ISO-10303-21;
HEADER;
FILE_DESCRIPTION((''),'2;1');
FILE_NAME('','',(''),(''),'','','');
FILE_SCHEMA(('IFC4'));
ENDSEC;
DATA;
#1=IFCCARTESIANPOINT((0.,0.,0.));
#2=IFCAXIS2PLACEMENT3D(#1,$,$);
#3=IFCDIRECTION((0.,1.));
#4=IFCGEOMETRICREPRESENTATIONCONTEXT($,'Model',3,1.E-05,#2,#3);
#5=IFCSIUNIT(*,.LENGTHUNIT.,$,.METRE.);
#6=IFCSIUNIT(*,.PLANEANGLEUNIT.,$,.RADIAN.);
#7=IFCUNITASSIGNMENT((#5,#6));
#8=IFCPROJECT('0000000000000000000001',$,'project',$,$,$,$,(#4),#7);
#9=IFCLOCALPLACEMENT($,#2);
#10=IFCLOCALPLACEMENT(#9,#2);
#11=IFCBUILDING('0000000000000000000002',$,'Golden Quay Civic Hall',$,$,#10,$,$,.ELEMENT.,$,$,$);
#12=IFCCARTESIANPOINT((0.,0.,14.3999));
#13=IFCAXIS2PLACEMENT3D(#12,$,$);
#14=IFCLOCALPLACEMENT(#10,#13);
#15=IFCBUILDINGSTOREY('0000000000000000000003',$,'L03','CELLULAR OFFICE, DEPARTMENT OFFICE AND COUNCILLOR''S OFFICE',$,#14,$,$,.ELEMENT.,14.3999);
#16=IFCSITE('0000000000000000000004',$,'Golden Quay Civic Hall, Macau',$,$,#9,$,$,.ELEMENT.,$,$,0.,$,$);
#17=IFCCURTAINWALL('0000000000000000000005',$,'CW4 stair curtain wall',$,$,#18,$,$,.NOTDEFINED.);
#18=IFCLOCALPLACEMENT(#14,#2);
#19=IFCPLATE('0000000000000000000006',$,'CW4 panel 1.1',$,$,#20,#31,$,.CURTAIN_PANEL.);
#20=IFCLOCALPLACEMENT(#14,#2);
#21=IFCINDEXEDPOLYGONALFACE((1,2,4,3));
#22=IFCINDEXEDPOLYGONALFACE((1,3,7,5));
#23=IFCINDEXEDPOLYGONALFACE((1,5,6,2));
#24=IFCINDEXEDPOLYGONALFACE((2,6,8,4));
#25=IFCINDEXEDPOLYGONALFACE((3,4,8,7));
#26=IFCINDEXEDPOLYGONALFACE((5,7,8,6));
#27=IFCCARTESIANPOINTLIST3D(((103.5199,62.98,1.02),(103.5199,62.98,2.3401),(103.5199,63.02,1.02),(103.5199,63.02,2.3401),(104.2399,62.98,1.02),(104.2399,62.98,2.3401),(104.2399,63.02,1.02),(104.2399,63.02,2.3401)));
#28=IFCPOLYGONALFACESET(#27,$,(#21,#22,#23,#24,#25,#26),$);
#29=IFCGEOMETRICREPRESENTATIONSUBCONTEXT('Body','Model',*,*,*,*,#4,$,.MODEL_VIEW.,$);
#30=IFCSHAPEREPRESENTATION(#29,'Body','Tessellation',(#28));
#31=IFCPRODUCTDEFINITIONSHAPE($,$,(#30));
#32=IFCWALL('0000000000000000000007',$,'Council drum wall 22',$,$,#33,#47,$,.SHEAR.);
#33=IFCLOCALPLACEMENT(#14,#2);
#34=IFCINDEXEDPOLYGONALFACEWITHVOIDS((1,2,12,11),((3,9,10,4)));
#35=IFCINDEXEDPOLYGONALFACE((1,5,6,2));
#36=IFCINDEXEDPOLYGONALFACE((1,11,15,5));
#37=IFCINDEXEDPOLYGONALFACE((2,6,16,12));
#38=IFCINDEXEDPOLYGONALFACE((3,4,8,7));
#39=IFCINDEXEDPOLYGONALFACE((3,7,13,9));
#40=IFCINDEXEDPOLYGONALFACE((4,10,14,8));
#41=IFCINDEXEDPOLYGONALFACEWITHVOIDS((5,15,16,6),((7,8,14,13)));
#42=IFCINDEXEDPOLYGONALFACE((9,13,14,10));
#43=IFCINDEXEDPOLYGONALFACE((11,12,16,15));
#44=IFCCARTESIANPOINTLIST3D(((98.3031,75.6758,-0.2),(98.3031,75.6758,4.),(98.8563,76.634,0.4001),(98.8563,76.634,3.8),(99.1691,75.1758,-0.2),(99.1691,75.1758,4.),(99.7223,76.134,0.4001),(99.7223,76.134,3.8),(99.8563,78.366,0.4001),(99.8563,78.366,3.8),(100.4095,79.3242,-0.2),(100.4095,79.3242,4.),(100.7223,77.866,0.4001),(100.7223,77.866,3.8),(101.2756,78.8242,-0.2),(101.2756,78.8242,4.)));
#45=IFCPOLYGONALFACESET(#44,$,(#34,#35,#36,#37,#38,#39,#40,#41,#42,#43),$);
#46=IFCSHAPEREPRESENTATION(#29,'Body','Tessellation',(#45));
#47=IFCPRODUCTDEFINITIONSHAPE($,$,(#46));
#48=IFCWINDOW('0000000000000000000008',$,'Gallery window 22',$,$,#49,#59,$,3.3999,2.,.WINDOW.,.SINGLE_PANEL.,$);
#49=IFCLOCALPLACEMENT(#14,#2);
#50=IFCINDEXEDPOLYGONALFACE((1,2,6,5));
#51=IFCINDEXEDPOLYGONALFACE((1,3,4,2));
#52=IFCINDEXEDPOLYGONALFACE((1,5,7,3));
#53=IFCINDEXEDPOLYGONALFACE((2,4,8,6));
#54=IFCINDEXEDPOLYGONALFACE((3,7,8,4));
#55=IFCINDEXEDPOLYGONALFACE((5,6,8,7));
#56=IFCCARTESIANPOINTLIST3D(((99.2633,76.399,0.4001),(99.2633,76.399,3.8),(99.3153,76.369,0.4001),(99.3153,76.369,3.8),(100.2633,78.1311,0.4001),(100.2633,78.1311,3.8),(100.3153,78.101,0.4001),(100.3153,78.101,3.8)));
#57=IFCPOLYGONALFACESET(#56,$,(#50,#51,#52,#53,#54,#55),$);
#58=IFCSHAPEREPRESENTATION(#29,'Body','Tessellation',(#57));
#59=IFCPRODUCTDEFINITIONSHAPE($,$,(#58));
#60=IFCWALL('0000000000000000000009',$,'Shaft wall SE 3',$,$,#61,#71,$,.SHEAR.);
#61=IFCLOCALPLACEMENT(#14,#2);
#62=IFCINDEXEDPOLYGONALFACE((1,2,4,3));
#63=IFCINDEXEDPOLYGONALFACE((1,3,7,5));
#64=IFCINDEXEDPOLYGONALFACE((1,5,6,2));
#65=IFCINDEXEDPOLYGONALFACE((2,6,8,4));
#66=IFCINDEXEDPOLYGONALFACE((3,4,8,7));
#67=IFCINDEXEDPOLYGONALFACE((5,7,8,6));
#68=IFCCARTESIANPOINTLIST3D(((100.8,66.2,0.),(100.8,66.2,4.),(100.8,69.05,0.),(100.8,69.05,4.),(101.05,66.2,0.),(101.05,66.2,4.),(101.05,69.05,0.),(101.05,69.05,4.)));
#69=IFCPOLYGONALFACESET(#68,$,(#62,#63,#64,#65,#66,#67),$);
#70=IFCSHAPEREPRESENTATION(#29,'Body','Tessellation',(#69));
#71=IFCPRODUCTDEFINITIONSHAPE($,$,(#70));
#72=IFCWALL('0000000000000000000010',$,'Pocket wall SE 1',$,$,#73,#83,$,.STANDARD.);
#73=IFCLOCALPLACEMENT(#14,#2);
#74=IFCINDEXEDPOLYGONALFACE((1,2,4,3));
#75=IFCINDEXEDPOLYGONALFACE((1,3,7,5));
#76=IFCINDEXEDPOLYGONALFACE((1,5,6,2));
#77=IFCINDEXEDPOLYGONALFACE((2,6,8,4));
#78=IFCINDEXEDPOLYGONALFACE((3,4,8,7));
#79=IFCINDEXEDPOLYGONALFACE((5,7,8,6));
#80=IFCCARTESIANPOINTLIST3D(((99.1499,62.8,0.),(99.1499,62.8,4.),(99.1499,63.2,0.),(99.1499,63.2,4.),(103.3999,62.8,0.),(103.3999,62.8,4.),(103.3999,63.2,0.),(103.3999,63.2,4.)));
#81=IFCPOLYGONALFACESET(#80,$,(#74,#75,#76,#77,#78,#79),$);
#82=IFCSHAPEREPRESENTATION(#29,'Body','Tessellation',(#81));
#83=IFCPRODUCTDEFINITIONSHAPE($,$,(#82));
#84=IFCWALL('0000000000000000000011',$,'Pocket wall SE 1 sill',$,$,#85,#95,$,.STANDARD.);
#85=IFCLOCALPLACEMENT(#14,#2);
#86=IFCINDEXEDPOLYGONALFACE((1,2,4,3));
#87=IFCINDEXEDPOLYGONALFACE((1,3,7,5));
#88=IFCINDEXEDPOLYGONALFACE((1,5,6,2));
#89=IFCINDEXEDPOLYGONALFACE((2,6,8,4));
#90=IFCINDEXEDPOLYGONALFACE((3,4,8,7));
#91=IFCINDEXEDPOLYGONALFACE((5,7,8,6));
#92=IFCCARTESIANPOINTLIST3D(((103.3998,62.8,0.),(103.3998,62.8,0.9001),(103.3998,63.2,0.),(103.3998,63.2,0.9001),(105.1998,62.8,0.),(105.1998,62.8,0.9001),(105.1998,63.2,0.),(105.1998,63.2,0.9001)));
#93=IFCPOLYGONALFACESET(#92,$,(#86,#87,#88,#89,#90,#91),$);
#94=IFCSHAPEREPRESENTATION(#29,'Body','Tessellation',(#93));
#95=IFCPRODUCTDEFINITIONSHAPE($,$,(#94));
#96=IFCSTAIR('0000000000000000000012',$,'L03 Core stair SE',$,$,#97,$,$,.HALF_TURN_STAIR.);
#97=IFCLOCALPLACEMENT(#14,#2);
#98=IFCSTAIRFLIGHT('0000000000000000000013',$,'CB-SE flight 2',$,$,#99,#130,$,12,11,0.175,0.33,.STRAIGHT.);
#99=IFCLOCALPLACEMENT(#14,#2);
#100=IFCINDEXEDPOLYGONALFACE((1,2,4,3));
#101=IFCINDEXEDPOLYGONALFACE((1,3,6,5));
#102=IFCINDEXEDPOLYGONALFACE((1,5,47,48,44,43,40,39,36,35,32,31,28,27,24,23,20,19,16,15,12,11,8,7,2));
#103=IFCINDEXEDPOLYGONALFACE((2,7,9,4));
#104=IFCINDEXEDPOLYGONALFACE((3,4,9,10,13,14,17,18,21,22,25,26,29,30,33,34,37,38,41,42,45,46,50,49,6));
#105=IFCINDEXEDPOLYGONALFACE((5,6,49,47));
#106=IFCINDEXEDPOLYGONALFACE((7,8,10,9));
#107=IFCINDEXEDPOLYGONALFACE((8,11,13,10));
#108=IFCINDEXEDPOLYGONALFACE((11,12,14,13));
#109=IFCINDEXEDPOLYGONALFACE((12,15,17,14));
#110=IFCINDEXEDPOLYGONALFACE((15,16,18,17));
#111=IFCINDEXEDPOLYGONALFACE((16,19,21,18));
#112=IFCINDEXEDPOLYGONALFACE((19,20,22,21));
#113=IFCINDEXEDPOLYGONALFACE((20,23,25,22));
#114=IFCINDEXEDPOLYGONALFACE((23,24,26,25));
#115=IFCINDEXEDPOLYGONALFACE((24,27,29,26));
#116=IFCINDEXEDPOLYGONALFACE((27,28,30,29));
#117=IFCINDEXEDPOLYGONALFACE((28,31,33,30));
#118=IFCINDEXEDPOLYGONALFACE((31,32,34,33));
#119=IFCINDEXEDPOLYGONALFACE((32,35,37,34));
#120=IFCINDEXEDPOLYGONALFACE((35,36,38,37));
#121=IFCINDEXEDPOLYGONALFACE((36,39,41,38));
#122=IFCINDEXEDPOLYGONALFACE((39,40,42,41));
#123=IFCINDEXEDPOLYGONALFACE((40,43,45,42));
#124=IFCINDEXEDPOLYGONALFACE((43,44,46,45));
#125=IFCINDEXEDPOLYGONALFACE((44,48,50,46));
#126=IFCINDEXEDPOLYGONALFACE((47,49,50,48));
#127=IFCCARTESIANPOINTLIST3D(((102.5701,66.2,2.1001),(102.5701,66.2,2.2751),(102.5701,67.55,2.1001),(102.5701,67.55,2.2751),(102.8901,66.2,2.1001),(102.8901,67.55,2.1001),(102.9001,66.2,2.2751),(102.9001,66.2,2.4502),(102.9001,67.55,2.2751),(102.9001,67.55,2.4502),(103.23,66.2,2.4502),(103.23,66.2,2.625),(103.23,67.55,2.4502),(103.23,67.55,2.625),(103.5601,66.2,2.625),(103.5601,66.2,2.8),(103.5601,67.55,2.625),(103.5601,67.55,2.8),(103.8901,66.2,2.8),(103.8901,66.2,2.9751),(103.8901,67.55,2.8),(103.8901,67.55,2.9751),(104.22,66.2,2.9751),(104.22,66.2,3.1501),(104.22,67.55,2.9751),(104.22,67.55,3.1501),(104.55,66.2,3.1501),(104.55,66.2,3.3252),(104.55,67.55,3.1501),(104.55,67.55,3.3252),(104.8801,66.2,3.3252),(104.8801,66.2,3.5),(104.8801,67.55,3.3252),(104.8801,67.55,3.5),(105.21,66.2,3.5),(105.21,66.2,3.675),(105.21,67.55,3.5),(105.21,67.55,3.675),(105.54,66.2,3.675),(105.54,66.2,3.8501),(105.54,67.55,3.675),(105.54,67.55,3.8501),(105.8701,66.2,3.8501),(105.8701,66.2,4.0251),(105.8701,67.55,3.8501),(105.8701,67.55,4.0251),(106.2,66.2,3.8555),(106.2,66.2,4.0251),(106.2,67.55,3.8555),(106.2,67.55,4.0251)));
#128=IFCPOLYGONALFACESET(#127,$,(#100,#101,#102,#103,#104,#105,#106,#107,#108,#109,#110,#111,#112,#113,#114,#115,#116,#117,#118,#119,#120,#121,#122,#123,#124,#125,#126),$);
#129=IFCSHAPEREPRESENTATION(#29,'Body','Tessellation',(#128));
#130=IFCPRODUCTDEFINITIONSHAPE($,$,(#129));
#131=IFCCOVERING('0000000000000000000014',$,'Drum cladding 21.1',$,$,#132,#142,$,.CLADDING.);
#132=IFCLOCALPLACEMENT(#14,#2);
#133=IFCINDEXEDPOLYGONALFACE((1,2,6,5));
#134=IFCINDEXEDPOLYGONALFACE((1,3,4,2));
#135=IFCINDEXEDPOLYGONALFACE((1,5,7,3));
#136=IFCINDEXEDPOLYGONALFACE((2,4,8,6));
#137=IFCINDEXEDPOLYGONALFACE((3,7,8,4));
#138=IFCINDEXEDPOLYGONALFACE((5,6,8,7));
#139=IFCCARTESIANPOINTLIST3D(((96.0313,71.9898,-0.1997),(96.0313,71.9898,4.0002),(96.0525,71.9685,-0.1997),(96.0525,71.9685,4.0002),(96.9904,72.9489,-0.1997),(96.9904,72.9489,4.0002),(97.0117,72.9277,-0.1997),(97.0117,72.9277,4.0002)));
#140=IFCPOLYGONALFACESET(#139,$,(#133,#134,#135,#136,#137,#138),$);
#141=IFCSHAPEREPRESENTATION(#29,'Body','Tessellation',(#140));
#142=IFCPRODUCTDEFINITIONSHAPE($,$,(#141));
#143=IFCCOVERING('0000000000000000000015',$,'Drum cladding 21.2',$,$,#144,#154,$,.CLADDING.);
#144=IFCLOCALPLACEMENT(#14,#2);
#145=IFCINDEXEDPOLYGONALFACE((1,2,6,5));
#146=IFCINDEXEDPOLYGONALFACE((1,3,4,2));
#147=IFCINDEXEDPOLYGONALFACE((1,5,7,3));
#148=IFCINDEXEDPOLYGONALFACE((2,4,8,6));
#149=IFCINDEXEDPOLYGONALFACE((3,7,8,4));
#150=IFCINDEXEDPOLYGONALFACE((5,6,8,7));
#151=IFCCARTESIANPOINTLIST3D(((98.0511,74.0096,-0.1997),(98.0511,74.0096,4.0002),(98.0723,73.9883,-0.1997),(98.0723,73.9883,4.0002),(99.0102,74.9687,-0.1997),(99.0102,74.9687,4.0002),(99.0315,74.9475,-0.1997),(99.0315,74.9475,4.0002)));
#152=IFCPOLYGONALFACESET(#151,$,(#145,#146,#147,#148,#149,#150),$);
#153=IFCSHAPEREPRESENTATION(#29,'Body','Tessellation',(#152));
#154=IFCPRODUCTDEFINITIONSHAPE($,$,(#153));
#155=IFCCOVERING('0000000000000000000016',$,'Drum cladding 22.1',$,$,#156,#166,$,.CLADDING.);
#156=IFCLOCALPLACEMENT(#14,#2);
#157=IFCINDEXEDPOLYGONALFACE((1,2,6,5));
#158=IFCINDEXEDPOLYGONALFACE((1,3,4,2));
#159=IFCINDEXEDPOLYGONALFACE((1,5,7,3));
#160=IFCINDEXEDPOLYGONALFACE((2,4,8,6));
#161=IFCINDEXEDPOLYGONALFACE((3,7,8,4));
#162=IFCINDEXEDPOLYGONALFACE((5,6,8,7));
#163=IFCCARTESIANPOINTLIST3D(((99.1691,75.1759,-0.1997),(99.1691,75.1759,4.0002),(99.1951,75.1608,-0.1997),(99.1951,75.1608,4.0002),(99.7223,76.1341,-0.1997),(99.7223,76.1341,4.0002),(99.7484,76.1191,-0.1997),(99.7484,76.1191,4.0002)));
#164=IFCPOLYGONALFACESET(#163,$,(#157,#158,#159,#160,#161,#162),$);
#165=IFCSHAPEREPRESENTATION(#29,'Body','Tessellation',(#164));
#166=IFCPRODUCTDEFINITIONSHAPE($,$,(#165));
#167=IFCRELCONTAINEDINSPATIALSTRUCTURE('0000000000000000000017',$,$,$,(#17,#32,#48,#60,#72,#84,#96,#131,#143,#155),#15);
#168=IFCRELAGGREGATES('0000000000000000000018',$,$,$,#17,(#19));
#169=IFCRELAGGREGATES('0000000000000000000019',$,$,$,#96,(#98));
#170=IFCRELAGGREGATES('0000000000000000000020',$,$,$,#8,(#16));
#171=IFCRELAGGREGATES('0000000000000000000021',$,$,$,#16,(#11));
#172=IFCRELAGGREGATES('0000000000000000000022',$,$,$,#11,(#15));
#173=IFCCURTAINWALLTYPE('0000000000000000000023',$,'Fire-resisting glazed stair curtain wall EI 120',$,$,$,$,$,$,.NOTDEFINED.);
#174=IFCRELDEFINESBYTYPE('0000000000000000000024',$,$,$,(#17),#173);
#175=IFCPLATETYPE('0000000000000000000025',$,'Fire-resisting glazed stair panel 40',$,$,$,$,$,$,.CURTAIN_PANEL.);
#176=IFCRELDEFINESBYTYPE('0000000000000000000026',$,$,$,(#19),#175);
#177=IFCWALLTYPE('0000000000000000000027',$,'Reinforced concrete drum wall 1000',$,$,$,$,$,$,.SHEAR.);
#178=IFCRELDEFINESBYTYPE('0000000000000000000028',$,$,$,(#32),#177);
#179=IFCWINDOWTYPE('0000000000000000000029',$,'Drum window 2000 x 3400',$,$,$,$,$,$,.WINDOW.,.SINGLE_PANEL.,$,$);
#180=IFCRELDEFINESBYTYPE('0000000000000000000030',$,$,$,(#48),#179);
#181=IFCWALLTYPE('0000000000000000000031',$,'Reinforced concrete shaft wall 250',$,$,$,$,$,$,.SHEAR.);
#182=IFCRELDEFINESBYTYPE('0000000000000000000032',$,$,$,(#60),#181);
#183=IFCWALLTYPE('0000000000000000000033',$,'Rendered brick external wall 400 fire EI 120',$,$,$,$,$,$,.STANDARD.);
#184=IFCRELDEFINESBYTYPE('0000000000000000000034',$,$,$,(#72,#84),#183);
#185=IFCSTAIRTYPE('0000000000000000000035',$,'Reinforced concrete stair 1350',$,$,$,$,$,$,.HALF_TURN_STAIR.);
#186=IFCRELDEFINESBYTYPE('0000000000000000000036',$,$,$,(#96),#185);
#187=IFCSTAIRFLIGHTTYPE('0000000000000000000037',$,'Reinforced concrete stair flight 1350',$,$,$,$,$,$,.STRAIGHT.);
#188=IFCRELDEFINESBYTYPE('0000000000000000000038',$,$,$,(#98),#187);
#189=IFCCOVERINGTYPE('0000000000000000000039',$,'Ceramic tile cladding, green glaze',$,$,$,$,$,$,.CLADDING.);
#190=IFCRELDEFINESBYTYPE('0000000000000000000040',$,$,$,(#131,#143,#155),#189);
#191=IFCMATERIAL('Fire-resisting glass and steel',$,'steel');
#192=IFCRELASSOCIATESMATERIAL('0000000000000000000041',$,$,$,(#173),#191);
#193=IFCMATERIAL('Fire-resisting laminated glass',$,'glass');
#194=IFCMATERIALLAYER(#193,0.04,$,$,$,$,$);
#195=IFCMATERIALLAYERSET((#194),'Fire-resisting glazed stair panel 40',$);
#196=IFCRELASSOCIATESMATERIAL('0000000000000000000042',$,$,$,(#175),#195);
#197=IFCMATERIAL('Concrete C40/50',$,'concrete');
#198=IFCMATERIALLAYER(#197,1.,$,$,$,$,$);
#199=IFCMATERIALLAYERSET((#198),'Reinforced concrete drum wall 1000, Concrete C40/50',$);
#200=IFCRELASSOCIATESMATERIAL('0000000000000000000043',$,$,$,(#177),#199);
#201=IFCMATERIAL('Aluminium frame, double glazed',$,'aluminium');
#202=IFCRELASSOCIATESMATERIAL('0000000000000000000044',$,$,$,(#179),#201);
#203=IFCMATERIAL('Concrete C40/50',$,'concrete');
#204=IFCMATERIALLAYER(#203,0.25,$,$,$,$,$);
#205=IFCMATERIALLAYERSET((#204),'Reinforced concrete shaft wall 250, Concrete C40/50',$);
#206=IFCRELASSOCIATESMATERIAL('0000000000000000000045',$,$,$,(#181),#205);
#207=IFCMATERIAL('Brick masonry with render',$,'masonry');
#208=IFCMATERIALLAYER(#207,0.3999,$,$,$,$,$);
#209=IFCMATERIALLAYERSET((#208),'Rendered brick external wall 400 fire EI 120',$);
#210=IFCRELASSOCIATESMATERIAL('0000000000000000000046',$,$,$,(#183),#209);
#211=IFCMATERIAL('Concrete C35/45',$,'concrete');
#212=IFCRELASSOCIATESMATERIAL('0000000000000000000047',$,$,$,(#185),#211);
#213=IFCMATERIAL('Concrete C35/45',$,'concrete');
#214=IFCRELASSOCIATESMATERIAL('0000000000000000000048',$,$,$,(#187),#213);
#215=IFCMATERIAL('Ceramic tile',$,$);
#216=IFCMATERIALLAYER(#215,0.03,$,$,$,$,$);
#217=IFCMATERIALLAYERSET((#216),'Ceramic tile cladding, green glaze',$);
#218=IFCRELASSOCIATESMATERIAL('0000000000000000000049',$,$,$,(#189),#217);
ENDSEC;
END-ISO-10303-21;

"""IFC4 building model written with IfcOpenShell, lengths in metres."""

from ifc_helpers import new_model, si_unit, direction, frame, frame_2d, origin, origin_2d, place, context, subcontext, project, spatial, polyline, rectangle, outline, extrude, material, layer, layer_set, type_object, element, fill, aggregate, save


model = new_model("IFC4")

# Units and contexts
model_context = context("Model", 3, precision=1e-05, world=origin(), true_north=direction((0.0, 1.0)))
body_context = subcontext(model_context, "Body", "Model", "MODEL_VIEW")
ifc_project = project(units=[si_unit("LENGTHUNIT", "METRE"), si_unit("PLANEANGLEUNIT", "RADIAN")], contexts=[model_context])

# Site, building, storey
site_placement = place(None, origin())
site = spatial("IfcSite", under=ifc_project, at=site_placement, Name="Golden Quay Civic Hall, Macau", CompositionType="ELEMENT", RefElevation=0.0)
building_placement = place(site_placement, origin())
building = spatial("IfcBuilding", under=site, at=building_placement, Name="Golden Quay Civic Hall", CompositionType="ELEMENT")
storey_placement = place(building_placement, frame((0.0, 0.0, 14.3999)))
storey = spatial("IfcBuildingStorey", under=building, at=storey_placement, Name="L03", Description="CELLULAR OFFICE, DEPARTMENT OFFICE AND COUNCILLOR'S OFFICE", CompositionType="ELEMENT", Elevation=14.3999)

# Curtain wall
ifc_material_1 = material(Name="Fire-resisting glass and steel", Category="steel")
curtain_wall_type = type_object("IfcCurtainWallType", Name="Fire-resisting glazed stair curtain wall EI 120", PredefinedType="NOTDEFINED", material=ifc_material_1)
curtain_wall_placement = place(storey_placement, origin())
curtain_wall = element("IfcCurtainWall", 1, at=curtain_wall_placement, inside=storey, type_object=curtain_wall_type, Name="CW4 stair curtain wall", PredefinedType="NOTDEFINED")

# Plate
ifc_material_2 = material(Name="Fire-resisting laminated glass", Category="glass")
ifc_layer_1 = layer(ifc_material_2, 0.04)
ifc_layer_set_1 = layer_set([ifc_layer_1], Name="Fire-resisting glazed stair panel 40")
plate_type = type_object("IfcPlateType", Name="Fire-resisting glazed stair panel 40", PredefinedType="CURTAIN_PANEL", material=ifc_layer_set_1)
plate_placement = place(storey_placement, frame((103.8799, 63.0, 1.02), z_axis=(0.0, 0.0, 1.0), x_axis=(1.0, 0.0, 0.0)))
plate = element("IfcPlate", 2, at=plate_placement, type_object=plate_type, Name="CW4 panel 1.1", PredefinedType="CURTAIN_PANEL", context=body_context, shape_type="SweptSolid", body=[
    extrude(rectangle(XDim=0.72, YDim=0.04, at=origin_2d()), origin(), (0.0, 0.0, 1.0), 1.3201),
])
aggregate(curtain_wall, [plate])

# Wall, opening, window
ifc_material_3 = material(Name="Concrete C40/50", Category="concrete")
ifc_layer_2 = layer(ifc_material_3, 1.0)
ifc_layer_set_2 = layer_set([ifc_layer_2], Name="Reinforced concrete drum wall 1000, Concrete C40/50")
wall_type_1 = type_object("IfcWallType", Name="Reinforced concrete drum wall 1000", PredefinedType="SHEAR", material=ifc_layer_set_2)
wall_1_placement = place(storey_placement, frame((98.7361, 75.4258, -0.2), z_axis=(0.0, 0.0, 1.0), x_axis=(0.500003, 0.866023, 0.0)))
wall_1 = element("IfcWall", 3, at=wall_1_placement, inside=storey, type_object=wall_type_1, Name="Council drum wall 22", PredefinedType="SHEAR", context=body_context, shape_type="SweptSolid", body=[
    extrude(rectangle(XDim=4.2129, YDim=1.0, at=frame_2d((2.1064, 0.0))), origin(), (0.0, 0.0, 1.0), 4.2),
])
opening_1_placement = place(wall_1_placement, frame((1.1064, 0.0, 0.6001)))
opening_1 = element("IfcOpeningElement", 4, at=opening_1_placement, cuts=wall_1, PredefinedType="OPENING", context=body_context, shape_type="SweptSolid", body=[
    extrude(rectangle(XDim=2.0, YDim=3.3999, at=frame_2d((1.0, 1.7))), frame((0.0, 0.51, 0.0), z_axis=(0.0, -1.0, 0.0), x_axis=(1.0, 0.0, 0.0)), (0.0, 0.0, 1.0), 1.02),
])
ifc_material_4 = material(Name="Aluminium frame, double glazed", Category="aluminium")
window_type = type_object("IfcWindowType", Name="Drum window 2000 x 3400", PartitioningType="SINGLE_PANEL", PredefinedType="WINDOW", material=ifc_material_4)
window_placement = place(opening_1_placement, origin())
window = element("IfcWindow", 5, at=window_placement, inside=storey, type_object=window_type, Name="Gallery window 22", OverallHeight=3.3999, OverallWidth=2.0, PartitioningType="SINGLE_PANEL", PredefinedType="WINDOW", context=body_context, shape_type="SweptSolid", body=[
    extrude(rectangle(XDim=2.0, YDim=3.3999, at=frame_2d((1.0, 1.7))), frame((0.0, 0.03, 0.0), z_axis=(0.0, -1.0, 0.0), x_axis=(1.0, 0.0, 0.0)), (0.0, 0.0, 1.0), 0.0601),
])
fill(opening_1, window)

# Walls
ifc_material_5 = material(Name="Concrete C40/50", Category="concrete")
ifc_layer_3 = layer(ifc_material_5, 0.25)
ifc_layer_set_3 = layer_set([ifc_layer_3], Name="Reinforced concrete shaft wall 250, Concrete C40/50")
wall_type_2 = type_object("IfcWallType", Name="Reinforced concrete shaft wall 250", PredefinedType="SHEAR", material=ifc_layer_set_3)
wall_2_placement = place(storey_placement, frame((100.925, 66.2, 0.0), z_axis=(0.0, 0.0, 1.0), x_axis=(0.0, 1.0, 0.0)))
element("IfcWall", 6, at=wall_2_placement, inside=storey, type_object=wall_type_2, Name="Shaft wall SE 3", PredefinedType="SHEAR", context=body_context, shape_type="SweptSolid", body=[
    extrude(rectangle(XDim=2.8501, YDim=0.25, at=frame_2d((1.425, 0.0))), origin(), (0.0, 0.0, 1.0), 4.0),
])
ifc_material_6 = material(Name="Brick masonry with render", Category="masonry")
ifc_layer_4 = layer(ifc_material_6, 0.3999)
ifc_layer_set_4 = layer_set([ifc_layer_4], Name="Rendered brick external wall 400 fire EI 120")
wall_type_3 = type_object("IfcWallType", Name="Rendered brick external wall 400 fire EI 120", PredefinedType="STANDARD", material=ifc_layer_set_4)
wall_3_placement = place(storey_placement, frame((99.1499, 63.0, 0.0), z_axis=(0.0, 0.0, 1.0), x_axis=(1.0, 0.0, 0.0)))
element("IfcWall", 7, at=wall_3_placement, inside=storey, type_object=wall_type_3, Name="Pocket wall SE 1", PredefinedType="STANDARD", context=body_context, shape_type="SweptSolid", body=[
    extrude(rectangle(XDim=4.25, YDim=0.3999, at=frame_2d((2.125, 0.0))), origin(), (0.0, 0.0, 1.0), 4.0),
])
wall_4_placement = place(storey_placement, frame((103.3999, 63.0, 0.0), z_axis=(0.0, 0.0, 1.0), x_axis=(1.0, 0.0, 0.0)))
element("IfcWall", 8, at=wall_4_placement, inside=storey, type_object=wall_type_3, Name="Pocket wall SE 1 sill", PredefinedType="STANDARD", context=body_context, shape_type="SweptSolid", body=[
    extrude(rectangle(XDim=1.8, YDim=0.3999, at=frame_2d((0.8999, 0.0))), origin(), (0.0, 0.0, 1.0), 0.9001),
])

# Stair, stair flight
ifc_material_7 = material(Name="Concrete C35/45", Category="concrete")
stair_type = type_object("IfcStairType", Name="Reinforced concrete stair 1350", PredefinedType="HALF_TURN_STAIR", material=ifc_material_7)
stair_placement = place(storey_placement, origin())
stair = element("IfcStair", 9, at=stair_placement, inside=storey, type_object=stair_type, Name="L03 Core stair SE", PredefinedType="HALF_TURN_STAIR")
ifc_material_8 = material(Name="Concrete C35/45", Category="concrete")
stair_flight_type = type_object("IfcStairFlightType", Name="Reinforced concrete stair flight 1350", PredefinedType="STRAIGHT", material=ifc_material_8)
stair_flight_placement = place(storey_placement, frame((102.5701, 66.875, 2.1001), z_axis=(0.0, 0.0, 1.0), x_axis=(1.0, 0.0, 0.0)))
stair_flight = element("IfcStairFlight", 10, at=stair_flight_placement, type_object=stair_flight_type, Name="CB-SE flight 2", NumberOfRisers=12, NumberOfTreads=11, PredefinedType="STRAIGHT", RiserHeight=0.175, TreadLength=0.33, context=body_context, shape_type="SweptSolid", body=[
    extrude(outline(polyline([(0.0, 0.0), (0.0, 0.175), (0.3301, 0.175), (0.3301, 0.3501), (0.6599, 0.3501), (0.6599, 0.5249), (0.99, 0.5249), (0.99, 0.7), (1.3201, 0.7), (1.3201, 0.875), (1.6499, 0.875), (1.6499, 1.05), (1.98, 1.05), (1.98, 1.2251), (2.3101, 1.2251), (2.3101, 1.3999), (2.6399, 1.3999), (2.6399, 1.575), (2.97, 1.575), (2.97, 1.75), (3.3, 1.75), (3.3, 1.925), (3.6299, 1.925), (3.6299, 2.1001), (3.6299, 1.7554), (0.3201, 0.0), (0.0, 0.0)])), frame((0.0, 0.675, 0.0), z_axis=(0.0, -1.0, 0.0), x_axis=(1.0, 0.0, 0.0)), (0.0, 0.0, 1.0), 1.35),
])
aggregate(stair, [stair_flight])

# Coverings
ifc_material_9 = material(Name="Ceramic tile")
ifc_layer_5 = layer(ifc_material_9, 0.03)
ifc_layer_set_5 = layer_set([ifc_layer_5], Name="Ceramic tile cladding, green glaze")
covering_type = type_object("IfcCoveringType", Name="Ceramic tile cladding, green glaze", PredefinedType="CLADDING", material=ifc_layer_set_5)
for number, where, z_axis, x_axis, name in (
    (11, (96.5215, 72.4587, -0.1997), (0.0, 0.0, 1.0), (0.707107, 0.707107, 0.0), "Drum cladding 21.1"),
    (12, (98.5413, 74.4785, -0.1997), (0.0, 0.0, 1.0), (0.707107, 0.707107, 0.0), "Drum cladding 21.2"),
):
    element("IfcCovering", number, at=place(storey_placement, frame(where, z_axis=z_axis, x_axis=x_axis)), inside=storey, type_object=covering_type, Name=name, PredefinedType="CLADDING", context=body_context, shape_type="SweptSolid", body=[
        extrude(rectangle(XDim=1.3564, YDim=0.03, at=origin_2d()), origin(), (0.0, 0.0, 1.0), 4.2),
    ])
covering_placement = place(storey_placement, frame((99.4587, 75.6475, -0.1997), z_axis=(0.0, 0.0, 1.0), x_axis=(0.5, 0.866025, 0.0)))
element("IfcCovering", 13, at=covering_placement, inside=storey, type_object=covering_type, Name="Drum cladding 22.1", PredefinedType="CLADDING", context=body_context, shape_type="SweptSolid", body=[
    extrude(rectangle(XDim=1.1064, YDim=0.03, at=origin_2d()), origin(), (0.0, 0.0, 1.0), 4.2),
])

save(model, "model.ifc")
